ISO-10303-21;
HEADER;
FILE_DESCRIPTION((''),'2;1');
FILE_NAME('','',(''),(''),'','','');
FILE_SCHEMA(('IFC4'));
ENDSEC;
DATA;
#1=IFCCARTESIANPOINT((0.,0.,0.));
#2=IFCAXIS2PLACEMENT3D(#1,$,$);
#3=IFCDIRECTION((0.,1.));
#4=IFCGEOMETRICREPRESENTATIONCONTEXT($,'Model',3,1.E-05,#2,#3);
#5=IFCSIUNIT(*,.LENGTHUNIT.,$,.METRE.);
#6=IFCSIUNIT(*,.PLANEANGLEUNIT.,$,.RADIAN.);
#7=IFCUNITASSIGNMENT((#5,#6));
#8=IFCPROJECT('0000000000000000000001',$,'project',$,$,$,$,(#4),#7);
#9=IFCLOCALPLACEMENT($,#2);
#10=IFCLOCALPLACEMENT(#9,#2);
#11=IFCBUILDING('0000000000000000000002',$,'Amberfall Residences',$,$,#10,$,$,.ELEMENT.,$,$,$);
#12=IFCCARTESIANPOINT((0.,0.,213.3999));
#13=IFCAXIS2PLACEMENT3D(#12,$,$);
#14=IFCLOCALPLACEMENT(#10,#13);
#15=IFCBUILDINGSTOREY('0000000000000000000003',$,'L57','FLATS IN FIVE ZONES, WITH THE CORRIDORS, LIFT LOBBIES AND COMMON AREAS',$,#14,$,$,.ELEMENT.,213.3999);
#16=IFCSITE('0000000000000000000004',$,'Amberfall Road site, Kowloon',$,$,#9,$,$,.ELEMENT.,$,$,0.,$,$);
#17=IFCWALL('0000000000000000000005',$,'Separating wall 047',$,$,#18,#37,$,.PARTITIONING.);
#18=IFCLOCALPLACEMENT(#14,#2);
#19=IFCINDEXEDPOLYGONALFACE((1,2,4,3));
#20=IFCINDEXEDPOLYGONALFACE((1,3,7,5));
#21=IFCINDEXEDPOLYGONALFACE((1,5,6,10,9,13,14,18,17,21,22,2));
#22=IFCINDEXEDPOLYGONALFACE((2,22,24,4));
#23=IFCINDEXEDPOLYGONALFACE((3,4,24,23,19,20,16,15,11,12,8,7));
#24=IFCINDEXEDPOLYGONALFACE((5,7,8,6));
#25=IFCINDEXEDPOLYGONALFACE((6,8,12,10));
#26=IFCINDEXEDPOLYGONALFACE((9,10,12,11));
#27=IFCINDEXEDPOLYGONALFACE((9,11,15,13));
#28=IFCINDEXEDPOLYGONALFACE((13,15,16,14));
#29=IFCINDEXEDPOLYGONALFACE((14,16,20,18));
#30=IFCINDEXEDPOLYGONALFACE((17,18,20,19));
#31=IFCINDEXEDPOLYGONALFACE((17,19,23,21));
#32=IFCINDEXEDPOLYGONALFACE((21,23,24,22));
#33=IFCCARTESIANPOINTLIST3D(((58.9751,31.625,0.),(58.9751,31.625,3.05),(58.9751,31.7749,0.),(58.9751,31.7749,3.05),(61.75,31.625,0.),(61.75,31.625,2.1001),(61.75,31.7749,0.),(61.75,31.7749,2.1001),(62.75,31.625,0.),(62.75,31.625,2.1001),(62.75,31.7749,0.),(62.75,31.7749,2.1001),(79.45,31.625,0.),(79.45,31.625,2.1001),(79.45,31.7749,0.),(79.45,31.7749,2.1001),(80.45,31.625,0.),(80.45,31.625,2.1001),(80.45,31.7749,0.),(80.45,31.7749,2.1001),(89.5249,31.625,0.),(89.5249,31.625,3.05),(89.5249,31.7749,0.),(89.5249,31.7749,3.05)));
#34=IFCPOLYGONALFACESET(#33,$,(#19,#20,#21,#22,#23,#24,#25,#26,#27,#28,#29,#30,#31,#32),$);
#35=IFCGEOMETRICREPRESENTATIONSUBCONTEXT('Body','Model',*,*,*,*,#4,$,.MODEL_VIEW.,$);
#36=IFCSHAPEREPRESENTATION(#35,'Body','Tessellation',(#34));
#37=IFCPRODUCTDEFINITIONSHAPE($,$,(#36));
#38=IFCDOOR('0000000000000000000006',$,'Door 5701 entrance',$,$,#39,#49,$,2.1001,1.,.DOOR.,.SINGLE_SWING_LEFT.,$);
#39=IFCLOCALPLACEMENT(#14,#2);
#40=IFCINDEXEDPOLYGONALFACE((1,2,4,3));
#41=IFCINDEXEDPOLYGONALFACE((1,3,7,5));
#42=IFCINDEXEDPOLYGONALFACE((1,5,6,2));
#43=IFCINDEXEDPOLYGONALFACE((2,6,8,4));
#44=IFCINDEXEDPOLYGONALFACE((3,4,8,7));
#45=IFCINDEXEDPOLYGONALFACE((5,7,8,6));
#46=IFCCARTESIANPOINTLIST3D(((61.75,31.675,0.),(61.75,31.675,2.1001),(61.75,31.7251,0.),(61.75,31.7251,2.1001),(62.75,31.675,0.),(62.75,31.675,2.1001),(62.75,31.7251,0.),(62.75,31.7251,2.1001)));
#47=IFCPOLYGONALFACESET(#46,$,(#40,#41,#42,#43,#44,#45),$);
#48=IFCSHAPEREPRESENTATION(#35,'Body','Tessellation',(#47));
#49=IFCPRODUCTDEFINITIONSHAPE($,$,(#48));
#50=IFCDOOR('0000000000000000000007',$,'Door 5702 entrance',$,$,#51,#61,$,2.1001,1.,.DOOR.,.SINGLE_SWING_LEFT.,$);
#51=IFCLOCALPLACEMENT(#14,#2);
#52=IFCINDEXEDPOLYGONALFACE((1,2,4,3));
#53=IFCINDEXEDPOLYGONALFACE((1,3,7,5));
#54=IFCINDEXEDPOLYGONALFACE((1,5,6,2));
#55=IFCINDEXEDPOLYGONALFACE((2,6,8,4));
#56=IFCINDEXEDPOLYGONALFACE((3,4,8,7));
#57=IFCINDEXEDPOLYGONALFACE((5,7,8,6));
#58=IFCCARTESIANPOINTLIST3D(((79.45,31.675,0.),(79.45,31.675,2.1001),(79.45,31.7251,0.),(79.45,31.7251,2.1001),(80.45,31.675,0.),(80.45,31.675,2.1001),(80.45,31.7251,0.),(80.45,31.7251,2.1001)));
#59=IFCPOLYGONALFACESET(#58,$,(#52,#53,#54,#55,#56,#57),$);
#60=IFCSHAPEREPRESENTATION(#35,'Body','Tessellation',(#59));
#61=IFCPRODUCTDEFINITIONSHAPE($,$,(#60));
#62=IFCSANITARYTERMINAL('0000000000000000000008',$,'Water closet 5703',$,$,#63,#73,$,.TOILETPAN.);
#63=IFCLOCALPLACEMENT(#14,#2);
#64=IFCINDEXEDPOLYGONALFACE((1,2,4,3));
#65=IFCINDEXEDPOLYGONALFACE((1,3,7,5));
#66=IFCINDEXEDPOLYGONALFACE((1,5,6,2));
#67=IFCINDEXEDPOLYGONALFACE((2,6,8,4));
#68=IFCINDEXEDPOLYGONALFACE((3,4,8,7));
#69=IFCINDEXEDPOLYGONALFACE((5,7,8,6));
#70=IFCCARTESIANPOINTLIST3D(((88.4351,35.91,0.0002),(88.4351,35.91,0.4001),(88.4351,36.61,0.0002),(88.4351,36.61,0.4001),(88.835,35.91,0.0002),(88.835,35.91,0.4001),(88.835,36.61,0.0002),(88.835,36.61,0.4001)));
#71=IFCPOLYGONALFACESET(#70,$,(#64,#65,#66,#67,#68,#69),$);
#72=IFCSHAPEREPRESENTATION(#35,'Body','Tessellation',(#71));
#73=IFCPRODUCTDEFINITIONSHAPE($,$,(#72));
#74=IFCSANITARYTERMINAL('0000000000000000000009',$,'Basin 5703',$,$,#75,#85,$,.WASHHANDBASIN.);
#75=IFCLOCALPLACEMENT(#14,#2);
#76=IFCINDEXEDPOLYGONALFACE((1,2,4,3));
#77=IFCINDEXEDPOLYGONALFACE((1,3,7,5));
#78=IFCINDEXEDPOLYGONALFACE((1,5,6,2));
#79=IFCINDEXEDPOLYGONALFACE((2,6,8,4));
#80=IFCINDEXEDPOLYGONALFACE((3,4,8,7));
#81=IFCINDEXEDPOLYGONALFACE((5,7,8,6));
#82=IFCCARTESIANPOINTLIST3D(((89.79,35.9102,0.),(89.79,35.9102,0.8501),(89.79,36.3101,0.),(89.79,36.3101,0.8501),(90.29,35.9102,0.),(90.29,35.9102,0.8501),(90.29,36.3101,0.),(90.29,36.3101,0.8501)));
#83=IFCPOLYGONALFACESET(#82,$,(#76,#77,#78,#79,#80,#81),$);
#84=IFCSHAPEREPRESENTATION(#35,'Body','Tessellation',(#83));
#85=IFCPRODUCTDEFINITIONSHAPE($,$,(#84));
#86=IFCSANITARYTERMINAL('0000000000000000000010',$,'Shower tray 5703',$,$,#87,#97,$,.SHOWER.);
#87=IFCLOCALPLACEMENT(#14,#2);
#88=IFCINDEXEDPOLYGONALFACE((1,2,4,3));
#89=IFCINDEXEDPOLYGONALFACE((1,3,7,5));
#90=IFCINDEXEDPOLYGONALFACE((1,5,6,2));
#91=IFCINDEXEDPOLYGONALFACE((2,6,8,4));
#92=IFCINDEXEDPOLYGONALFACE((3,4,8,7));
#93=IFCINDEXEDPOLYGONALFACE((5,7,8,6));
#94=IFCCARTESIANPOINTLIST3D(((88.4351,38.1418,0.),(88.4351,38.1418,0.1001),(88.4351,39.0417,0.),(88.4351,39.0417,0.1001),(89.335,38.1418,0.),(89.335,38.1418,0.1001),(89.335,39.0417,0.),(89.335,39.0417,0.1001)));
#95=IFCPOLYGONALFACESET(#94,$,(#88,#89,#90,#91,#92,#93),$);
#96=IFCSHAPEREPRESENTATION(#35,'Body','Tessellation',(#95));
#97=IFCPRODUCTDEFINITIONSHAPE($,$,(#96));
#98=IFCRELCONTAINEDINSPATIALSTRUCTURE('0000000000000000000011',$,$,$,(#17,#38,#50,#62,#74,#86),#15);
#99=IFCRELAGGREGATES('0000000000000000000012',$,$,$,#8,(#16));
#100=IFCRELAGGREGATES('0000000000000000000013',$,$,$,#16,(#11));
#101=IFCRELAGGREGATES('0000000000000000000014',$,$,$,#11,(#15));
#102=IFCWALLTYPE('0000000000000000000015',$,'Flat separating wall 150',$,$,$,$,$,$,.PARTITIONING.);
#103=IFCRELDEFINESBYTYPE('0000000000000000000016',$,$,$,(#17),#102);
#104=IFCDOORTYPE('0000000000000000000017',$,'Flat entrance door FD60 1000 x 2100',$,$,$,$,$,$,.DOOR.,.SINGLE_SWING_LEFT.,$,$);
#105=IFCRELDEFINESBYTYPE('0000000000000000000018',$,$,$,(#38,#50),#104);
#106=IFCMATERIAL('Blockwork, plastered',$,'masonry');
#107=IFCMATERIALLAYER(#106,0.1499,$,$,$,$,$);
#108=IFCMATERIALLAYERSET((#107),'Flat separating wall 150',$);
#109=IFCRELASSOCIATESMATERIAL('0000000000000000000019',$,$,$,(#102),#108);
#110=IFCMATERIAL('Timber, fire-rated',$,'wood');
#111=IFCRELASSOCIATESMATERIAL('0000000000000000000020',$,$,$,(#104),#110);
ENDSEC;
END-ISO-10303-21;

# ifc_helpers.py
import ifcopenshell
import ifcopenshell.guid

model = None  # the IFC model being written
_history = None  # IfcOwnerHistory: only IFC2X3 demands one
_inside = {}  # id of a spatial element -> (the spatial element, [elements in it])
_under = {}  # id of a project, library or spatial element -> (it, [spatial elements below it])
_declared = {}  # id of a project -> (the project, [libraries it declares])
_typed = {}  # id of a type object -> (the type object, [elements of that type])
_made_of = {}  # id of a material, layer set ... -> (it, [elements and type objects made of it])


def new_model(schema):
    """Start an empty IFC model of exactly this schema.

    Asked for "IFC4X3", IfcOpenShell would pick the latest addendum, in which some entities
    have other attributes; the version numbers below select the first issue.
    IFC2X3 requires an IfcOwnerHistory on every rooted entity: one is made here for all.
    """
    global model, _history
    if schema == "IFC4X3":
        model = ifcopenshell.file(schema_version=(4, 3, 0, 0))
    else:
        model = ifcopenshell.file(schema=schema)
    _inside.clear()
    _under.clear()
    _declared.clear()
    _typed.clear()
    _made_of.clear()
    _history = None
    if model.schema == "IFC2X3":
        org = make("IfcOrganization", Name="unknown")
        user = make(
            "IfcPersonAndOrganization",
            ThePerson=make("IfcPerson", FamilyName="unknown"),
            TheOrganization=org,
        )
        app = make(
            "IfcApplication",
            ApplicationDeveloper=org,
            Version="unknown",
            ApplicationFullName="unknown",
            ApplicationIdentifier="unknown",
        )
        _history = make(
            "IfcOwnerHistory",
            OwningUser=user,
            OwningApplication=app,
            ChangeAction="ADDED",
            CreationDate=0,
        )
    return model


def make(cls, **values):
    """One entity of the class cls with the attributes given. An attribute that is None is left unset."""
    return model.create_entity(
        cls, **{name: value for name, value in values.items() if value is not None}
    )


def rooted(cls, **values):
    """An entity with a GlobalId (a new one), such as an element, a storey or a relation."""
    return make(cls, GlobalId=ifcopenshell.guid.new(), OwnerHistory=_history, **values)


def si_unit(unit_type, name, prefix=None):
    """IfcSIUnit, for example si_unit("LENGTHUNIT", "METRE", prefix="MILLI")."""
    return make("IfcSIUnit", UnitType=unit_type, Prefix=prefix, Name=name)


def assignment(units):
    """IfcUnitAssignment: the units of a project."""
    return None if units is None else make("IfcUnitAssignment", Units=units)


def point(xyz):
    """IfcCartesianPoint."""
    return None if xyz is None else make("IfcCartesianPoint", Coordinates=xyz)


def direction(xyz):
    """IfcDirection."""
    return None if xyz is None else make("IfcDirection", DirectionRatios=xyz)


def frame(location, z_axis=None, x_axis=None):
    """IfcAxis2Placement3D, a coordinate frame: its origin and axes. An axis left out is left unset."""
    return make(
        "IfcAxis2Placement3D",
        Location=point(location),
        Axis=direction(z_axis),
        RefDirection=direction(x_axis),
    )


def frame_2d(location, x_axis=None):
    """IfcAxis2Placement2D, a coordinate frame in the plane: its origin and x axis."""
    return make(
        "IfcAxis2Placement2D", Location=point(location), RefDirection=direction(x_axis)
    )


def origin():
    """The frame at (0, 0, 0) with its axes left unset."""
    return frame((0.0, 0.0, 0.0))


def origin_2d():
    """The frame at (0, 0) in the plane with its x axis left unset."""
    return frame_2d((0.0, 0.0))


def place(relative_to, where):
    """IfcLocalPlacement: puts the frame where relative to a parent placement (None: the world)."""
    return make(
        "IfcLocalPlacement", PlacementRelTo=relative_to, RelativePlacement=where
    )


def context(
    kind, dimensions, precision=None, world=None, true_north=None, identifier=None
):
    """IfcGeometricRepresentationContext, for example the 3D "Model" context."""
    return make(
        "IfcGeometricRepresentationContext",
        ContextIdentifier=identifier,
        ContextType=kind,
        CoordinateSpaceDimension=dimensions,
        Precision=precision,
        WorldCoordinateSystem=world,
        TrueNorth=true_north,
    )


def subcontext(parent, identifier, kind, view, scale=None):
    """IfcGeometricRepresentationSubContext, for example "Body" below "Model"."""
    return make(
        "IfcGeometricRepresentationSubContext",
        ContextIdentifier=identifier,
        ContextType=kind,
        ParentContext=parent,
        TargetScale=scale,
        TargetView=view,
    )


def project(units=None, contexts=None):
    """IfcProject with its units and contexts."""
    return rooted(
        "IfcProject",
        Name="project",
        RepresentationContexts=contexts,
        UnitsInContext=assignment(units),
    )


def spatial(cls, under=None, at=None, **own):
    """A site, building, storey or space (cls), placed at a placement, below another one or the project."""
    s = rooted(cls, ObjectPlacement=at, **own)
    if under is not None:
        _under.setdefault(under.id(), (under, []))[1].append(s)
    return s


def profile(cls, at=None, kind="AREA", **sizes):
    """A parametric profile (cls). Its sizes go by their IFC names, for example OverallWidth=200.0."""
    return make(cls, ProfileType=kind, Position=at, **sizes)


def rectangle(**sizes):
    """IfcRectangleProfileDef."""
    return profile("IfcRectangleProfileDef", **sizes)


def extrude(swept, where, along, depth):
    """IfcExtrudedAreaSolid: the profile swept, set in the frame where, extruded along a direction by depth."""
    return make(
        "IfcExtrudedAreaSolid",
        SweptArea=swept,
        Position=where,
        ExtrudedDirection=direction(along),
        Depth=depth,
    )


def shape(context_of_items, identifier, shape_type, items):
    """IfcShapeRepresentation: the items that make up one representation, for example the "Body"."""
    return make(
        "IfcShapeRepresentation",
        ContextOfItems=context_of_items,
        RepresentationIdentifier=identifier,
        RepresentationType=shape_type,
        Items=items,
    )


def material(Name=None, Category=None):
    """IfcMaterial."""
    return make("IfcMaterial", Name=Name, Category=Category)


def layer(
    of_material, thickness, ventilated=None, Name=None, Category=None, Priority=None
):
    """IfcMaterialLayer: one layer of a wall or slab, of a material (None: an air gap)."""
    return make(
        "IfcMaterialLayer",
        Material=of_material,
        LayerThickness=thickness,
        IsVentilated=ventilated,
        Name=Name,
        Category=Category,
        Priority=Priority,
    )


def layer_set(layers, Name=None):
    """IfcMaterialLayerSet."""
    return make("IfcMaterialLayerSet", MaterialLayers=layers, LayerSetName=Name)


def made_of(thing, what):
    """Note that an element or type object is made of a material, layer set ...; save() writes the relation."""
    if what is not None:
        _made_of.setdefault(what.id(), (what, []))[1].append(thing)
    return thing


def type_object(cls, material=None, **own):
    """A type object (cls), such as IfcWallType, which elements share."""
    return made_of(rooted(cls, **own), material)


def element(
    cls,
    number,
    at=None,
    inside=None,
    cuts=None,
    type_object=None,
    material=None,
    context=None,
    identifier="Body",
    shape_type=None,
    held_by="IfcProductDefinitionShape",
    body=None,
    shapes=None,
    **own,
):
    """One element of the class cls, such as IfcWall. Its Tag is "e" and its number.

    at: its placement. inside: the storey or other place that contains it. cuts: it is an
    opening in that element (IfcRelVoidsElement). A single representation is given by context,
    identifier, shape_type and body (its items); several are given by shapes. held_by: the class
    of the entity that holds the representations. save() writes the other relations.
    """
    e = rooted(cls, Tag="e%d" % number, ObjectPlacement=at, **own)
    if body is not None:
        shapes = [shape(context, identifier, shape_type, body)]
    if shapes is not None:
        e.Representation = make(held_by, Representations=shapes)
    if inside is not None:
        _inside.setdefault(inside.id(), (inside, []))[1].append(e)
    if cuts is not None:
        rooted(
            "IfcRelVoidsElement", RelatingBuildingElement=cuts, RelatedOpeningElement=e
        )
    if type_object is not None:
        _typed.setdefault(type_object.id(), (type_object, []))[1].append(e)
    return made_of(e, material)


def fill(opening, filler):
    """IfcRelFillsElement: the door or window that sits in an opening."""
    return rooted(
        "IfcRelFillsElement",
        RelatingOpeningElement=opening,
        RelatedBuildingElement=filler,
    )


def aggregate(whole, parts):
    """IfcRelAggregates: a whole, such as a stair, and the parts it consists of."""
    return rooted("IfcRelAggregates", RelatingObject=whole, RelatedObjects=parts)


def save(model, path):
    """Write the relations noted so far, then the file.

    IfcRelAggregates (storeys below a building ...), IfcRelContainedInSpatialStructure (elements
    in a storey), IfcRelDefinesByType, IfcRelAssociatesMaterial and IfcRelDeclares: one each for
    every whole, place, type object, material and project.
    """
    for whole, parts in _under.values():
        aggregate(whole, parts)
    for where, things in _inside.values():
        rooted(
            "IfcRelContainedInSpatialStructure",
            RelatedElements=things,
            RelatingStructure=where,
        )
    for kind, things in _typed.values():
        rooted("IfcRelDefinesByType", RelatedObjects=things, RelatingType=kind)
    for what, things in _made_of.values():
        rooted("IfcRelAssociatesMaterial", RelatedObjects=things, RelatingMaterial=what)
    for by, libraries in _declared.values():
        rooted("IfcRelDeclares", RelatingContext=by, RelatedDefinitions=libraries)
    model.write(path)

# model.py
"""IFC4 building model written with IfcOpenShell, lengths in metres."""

from ifc_helpers import new_model, si_unit, direction, frame, frame_2d, origin, origin_2d, place, context, subcontext, project, spatial, rectangle, extrude, material, layer, layer_set, type_object, element, fill, save


model = new_model("IFC4")

# Units and contexts
model_context = context("Model", 3, precision=1e-05, world=origin(), true_north=direction((0.0, 1.0)))
body_context = subcontext(model_context, "Body", "Model", "MODEL_VIEW")
ifc_project = project(units=[si_unit("LENGTHUNIT", "METRE"), si_unit("PLANEANGLEUNIT", "RADIAN")], contexts=[model_context])

# Site, building, storey
site_placement = place(None, origin())
site = spatial("IfcSite", under=ifc_project, at=site_placement, Name="Amberfall Road site, Kowloon", CompositionType="ELEMENT", RefElevation=0.0)
building_placement = place(site_placement, origin())
building = spatial("IfcBuilding", under=site, at=building_placement, Name="Amberfall Residences", CompositionType="ELEMENT")
storey_placement = place(building_placement, frame((0.0, 0.0, 213.3999)))
storey = spatial("IfcBuildingStorey", under=building, at=storey_placement, Name="L57", Description="FLATS IN FIVE ZONES, WITH THE CORRIDORS, LIFT LOBBIES AND COMMON AREAS", CompositionType="ELEMENT", Elevation=213.3999)

# Wall, openings, doors
ifc_material_1 = material(Name="Blockwork, plastered", Category="masonry")
ifc_layer_1 = layer(ifc_material_1, 0.1499)
ifc_layer_set_1 = layer_set([ifc_layer_1], Name="Flat separating wall 150")
wall_type_1 = type_object("IfcWallType", Name="Flat separating wall 150", PredefinedType="PARTITIONING", material=ifc_layer_set_1)
wall_1_placement = place(storey_placement, frame((89.5249, 31.7, 0.0), z_axis=(0.0, 0.0, 1.0), x_axis=(-1.0, 0.0, 0.0)))
wall_1 = element("IfcWall", 1, at=wall_1_placement, inside=storey, type_object=wall_type_1, Name="Separating wall 047", PredefinedType="PARTITIONING", context=body_context, shape_type="SweptSolid", body=[
    extrude(rectangle(XDim=30.5498, YDim=0.1499, at=frame_2d((15.2749, 0.0))), origin(), (0.0, 0.0, 1.0), 3.05),
])
opening_1_placement = place(wall_1_placement, frame((26.7749, 0.0, 0.0)))
opening_1 = element("IfcOpeningElement", 2, at=opening_1_placement, cuts=wall_1, PredefinedType="OPENING", context=body_context, shape_type="SweptSolid", body=[
    extrude(rectangle(XDim=1.0, YDim=2.1001, at=frame_2d((0.5, 1.05))), frame((0.0, 0.085, 0.0), z_axis=(0.0, -1.0, 0.0), x_axis=(1.0, 0.0, 0.0)), (0.0, 0.0, 1.0), 0.1699),
])
opening_2_placement = place(wall_1_placement, frame((9.075, 0.0, 0.0)))
opening_2 = element("IfcOpeningElement", 3, at=opening_2_placement, cuts=wall_1, PredefinedType="OPENING", context=body_context, shape_type="SweptSolid", body=[
    extrude(rectangle(XDim=1.0, YDim=2.1001, at=frame_2d((0.5, 1.05))), frame((0.0, 0.085, 0.0), z_axis=(0.0, -1.0, 0.0), x_axis=(1.0, 0.0, 0.0)), (0.0, 0.0, 1.0), 0.1699),
])
ifc_material_2 = material(Name="Timber, fire-rated", Category="wood")
door_type_1 = type_object("IfcDoorType", Name="Flat entrance door FD60 1000 x 2100", OperationType="SINGLE_SWING_LEFT", PredefinedType="DOOR", material=ifc_material_2)
door_1_placement = place(opening_1_placement, origin())
door_1 = element("IfcDoor", 4, at=door_1_placement, inside=storey, type_object=door_type_1, Name="Door 5701 entrance", OperationType="SINGLE_SWING_LEFT", OverallHeight=2.1001, OverallWidth=1.0, PredefinedType="DOOR", context=body_context, shape_type="SweptSolid", body=[
    extrude(rectangle(XDim=1.0, YDim=2.1001, at=frame_2d((0.5, 1.05))), frame((0.0, 0.0249, 0.0), z_axis=(0.0, -1.0, 0.0), x_axis=(1.0, 0.0, 0.0)), (0.0, 0.0, 1.0), 0.05),
])
fill(opening_1, door_1)
door_2_placement = place(opening_2_placement, origin())
door_2 = element("IfcDoor", 5, at=door_2_placement, inside=storey, type_object=door_type_1, Name="Door 5702 entrance", OperationType="SINGLE_SWING_LEFT", OverallHeight=2.1001, OverallWidth=1.0, PredefinedType="DOOR", context=body_context, shape_type="SweptSolid", body=[
    extrude(rectangle(XDim=1.0, YDim=2.1001, at=frame_2d((0.5, 1.05))), frame((0.0, 0.0249, 0.0), z_axis=(0.0, -1.0, 0.0), x_axis=(1.0, 0.0, 0.0)), (0.0, 0.0, 1.0), 0.05),
])
fill(opening_2, door_2)

# Sanitary terminals
sanitary_terminal_1_placement = place(storey_placement, frame((88.635, 36.26, 0.0002), z_axis=(0.0, 0.0, 1.0), x_axis=(1.0, 0.0, 0.0)))
element("IfcSanitaryTerminal", 6, at=sanitary_terminal_1_placement, inside=storey, Name="Water closet 5703", PredefinedType="TOILETPAN", context=body_context, shape_type="SweptSolid", body=[
    extrude(rectangle(XDim=0.3999, YDim=0.7, at=origin_2d()), origin(), (0.0, 0.0, 1.0), 0.3999),
])
sanitary_terminal_2_placement = place(storey_placement, frame((90.04, 36.1101, 0.0), z_axis=(0.0, 0.0, 1.0), x_axis=(1.0, 0.0, 0.0)))
element("IfcSanitaryTerminal", 7, at=sanitary_terminal_2_placement, inside=storey, Name="Basin 5703", PredefinedType="WASHHANDBASIN", context=body_context, shape_type="SweptSolid", body=[
    extrude(rectangle(XDim=0.5, YDim=0.3999, at=origin_2d()), origin(), (0.0, 0.0, 1.0), 0.8501),
])
sanitary_terminal_3_placement = place(storey_placement, frame((88.885, 38.5918, 0.0), z_axis=(0.0, 0.0, 1.0), x_axis=(1.0, 0.0, 0.0)))
element("IfcSanitaryTerminal", 8, at=sanitary_terminal_3_placement, inside=storey, Name="Shower tray 5703", PredefinedType="SHOWER", context=body_context, shape_type="SweptSolid", body=[
    extrude(rectangle(XDim=0.8999, YDim=0.8999, at=origin_2d()), origin(), (0.0, 0.0, 1.0), 0.1001),
])

save(model, "model.ifc")
